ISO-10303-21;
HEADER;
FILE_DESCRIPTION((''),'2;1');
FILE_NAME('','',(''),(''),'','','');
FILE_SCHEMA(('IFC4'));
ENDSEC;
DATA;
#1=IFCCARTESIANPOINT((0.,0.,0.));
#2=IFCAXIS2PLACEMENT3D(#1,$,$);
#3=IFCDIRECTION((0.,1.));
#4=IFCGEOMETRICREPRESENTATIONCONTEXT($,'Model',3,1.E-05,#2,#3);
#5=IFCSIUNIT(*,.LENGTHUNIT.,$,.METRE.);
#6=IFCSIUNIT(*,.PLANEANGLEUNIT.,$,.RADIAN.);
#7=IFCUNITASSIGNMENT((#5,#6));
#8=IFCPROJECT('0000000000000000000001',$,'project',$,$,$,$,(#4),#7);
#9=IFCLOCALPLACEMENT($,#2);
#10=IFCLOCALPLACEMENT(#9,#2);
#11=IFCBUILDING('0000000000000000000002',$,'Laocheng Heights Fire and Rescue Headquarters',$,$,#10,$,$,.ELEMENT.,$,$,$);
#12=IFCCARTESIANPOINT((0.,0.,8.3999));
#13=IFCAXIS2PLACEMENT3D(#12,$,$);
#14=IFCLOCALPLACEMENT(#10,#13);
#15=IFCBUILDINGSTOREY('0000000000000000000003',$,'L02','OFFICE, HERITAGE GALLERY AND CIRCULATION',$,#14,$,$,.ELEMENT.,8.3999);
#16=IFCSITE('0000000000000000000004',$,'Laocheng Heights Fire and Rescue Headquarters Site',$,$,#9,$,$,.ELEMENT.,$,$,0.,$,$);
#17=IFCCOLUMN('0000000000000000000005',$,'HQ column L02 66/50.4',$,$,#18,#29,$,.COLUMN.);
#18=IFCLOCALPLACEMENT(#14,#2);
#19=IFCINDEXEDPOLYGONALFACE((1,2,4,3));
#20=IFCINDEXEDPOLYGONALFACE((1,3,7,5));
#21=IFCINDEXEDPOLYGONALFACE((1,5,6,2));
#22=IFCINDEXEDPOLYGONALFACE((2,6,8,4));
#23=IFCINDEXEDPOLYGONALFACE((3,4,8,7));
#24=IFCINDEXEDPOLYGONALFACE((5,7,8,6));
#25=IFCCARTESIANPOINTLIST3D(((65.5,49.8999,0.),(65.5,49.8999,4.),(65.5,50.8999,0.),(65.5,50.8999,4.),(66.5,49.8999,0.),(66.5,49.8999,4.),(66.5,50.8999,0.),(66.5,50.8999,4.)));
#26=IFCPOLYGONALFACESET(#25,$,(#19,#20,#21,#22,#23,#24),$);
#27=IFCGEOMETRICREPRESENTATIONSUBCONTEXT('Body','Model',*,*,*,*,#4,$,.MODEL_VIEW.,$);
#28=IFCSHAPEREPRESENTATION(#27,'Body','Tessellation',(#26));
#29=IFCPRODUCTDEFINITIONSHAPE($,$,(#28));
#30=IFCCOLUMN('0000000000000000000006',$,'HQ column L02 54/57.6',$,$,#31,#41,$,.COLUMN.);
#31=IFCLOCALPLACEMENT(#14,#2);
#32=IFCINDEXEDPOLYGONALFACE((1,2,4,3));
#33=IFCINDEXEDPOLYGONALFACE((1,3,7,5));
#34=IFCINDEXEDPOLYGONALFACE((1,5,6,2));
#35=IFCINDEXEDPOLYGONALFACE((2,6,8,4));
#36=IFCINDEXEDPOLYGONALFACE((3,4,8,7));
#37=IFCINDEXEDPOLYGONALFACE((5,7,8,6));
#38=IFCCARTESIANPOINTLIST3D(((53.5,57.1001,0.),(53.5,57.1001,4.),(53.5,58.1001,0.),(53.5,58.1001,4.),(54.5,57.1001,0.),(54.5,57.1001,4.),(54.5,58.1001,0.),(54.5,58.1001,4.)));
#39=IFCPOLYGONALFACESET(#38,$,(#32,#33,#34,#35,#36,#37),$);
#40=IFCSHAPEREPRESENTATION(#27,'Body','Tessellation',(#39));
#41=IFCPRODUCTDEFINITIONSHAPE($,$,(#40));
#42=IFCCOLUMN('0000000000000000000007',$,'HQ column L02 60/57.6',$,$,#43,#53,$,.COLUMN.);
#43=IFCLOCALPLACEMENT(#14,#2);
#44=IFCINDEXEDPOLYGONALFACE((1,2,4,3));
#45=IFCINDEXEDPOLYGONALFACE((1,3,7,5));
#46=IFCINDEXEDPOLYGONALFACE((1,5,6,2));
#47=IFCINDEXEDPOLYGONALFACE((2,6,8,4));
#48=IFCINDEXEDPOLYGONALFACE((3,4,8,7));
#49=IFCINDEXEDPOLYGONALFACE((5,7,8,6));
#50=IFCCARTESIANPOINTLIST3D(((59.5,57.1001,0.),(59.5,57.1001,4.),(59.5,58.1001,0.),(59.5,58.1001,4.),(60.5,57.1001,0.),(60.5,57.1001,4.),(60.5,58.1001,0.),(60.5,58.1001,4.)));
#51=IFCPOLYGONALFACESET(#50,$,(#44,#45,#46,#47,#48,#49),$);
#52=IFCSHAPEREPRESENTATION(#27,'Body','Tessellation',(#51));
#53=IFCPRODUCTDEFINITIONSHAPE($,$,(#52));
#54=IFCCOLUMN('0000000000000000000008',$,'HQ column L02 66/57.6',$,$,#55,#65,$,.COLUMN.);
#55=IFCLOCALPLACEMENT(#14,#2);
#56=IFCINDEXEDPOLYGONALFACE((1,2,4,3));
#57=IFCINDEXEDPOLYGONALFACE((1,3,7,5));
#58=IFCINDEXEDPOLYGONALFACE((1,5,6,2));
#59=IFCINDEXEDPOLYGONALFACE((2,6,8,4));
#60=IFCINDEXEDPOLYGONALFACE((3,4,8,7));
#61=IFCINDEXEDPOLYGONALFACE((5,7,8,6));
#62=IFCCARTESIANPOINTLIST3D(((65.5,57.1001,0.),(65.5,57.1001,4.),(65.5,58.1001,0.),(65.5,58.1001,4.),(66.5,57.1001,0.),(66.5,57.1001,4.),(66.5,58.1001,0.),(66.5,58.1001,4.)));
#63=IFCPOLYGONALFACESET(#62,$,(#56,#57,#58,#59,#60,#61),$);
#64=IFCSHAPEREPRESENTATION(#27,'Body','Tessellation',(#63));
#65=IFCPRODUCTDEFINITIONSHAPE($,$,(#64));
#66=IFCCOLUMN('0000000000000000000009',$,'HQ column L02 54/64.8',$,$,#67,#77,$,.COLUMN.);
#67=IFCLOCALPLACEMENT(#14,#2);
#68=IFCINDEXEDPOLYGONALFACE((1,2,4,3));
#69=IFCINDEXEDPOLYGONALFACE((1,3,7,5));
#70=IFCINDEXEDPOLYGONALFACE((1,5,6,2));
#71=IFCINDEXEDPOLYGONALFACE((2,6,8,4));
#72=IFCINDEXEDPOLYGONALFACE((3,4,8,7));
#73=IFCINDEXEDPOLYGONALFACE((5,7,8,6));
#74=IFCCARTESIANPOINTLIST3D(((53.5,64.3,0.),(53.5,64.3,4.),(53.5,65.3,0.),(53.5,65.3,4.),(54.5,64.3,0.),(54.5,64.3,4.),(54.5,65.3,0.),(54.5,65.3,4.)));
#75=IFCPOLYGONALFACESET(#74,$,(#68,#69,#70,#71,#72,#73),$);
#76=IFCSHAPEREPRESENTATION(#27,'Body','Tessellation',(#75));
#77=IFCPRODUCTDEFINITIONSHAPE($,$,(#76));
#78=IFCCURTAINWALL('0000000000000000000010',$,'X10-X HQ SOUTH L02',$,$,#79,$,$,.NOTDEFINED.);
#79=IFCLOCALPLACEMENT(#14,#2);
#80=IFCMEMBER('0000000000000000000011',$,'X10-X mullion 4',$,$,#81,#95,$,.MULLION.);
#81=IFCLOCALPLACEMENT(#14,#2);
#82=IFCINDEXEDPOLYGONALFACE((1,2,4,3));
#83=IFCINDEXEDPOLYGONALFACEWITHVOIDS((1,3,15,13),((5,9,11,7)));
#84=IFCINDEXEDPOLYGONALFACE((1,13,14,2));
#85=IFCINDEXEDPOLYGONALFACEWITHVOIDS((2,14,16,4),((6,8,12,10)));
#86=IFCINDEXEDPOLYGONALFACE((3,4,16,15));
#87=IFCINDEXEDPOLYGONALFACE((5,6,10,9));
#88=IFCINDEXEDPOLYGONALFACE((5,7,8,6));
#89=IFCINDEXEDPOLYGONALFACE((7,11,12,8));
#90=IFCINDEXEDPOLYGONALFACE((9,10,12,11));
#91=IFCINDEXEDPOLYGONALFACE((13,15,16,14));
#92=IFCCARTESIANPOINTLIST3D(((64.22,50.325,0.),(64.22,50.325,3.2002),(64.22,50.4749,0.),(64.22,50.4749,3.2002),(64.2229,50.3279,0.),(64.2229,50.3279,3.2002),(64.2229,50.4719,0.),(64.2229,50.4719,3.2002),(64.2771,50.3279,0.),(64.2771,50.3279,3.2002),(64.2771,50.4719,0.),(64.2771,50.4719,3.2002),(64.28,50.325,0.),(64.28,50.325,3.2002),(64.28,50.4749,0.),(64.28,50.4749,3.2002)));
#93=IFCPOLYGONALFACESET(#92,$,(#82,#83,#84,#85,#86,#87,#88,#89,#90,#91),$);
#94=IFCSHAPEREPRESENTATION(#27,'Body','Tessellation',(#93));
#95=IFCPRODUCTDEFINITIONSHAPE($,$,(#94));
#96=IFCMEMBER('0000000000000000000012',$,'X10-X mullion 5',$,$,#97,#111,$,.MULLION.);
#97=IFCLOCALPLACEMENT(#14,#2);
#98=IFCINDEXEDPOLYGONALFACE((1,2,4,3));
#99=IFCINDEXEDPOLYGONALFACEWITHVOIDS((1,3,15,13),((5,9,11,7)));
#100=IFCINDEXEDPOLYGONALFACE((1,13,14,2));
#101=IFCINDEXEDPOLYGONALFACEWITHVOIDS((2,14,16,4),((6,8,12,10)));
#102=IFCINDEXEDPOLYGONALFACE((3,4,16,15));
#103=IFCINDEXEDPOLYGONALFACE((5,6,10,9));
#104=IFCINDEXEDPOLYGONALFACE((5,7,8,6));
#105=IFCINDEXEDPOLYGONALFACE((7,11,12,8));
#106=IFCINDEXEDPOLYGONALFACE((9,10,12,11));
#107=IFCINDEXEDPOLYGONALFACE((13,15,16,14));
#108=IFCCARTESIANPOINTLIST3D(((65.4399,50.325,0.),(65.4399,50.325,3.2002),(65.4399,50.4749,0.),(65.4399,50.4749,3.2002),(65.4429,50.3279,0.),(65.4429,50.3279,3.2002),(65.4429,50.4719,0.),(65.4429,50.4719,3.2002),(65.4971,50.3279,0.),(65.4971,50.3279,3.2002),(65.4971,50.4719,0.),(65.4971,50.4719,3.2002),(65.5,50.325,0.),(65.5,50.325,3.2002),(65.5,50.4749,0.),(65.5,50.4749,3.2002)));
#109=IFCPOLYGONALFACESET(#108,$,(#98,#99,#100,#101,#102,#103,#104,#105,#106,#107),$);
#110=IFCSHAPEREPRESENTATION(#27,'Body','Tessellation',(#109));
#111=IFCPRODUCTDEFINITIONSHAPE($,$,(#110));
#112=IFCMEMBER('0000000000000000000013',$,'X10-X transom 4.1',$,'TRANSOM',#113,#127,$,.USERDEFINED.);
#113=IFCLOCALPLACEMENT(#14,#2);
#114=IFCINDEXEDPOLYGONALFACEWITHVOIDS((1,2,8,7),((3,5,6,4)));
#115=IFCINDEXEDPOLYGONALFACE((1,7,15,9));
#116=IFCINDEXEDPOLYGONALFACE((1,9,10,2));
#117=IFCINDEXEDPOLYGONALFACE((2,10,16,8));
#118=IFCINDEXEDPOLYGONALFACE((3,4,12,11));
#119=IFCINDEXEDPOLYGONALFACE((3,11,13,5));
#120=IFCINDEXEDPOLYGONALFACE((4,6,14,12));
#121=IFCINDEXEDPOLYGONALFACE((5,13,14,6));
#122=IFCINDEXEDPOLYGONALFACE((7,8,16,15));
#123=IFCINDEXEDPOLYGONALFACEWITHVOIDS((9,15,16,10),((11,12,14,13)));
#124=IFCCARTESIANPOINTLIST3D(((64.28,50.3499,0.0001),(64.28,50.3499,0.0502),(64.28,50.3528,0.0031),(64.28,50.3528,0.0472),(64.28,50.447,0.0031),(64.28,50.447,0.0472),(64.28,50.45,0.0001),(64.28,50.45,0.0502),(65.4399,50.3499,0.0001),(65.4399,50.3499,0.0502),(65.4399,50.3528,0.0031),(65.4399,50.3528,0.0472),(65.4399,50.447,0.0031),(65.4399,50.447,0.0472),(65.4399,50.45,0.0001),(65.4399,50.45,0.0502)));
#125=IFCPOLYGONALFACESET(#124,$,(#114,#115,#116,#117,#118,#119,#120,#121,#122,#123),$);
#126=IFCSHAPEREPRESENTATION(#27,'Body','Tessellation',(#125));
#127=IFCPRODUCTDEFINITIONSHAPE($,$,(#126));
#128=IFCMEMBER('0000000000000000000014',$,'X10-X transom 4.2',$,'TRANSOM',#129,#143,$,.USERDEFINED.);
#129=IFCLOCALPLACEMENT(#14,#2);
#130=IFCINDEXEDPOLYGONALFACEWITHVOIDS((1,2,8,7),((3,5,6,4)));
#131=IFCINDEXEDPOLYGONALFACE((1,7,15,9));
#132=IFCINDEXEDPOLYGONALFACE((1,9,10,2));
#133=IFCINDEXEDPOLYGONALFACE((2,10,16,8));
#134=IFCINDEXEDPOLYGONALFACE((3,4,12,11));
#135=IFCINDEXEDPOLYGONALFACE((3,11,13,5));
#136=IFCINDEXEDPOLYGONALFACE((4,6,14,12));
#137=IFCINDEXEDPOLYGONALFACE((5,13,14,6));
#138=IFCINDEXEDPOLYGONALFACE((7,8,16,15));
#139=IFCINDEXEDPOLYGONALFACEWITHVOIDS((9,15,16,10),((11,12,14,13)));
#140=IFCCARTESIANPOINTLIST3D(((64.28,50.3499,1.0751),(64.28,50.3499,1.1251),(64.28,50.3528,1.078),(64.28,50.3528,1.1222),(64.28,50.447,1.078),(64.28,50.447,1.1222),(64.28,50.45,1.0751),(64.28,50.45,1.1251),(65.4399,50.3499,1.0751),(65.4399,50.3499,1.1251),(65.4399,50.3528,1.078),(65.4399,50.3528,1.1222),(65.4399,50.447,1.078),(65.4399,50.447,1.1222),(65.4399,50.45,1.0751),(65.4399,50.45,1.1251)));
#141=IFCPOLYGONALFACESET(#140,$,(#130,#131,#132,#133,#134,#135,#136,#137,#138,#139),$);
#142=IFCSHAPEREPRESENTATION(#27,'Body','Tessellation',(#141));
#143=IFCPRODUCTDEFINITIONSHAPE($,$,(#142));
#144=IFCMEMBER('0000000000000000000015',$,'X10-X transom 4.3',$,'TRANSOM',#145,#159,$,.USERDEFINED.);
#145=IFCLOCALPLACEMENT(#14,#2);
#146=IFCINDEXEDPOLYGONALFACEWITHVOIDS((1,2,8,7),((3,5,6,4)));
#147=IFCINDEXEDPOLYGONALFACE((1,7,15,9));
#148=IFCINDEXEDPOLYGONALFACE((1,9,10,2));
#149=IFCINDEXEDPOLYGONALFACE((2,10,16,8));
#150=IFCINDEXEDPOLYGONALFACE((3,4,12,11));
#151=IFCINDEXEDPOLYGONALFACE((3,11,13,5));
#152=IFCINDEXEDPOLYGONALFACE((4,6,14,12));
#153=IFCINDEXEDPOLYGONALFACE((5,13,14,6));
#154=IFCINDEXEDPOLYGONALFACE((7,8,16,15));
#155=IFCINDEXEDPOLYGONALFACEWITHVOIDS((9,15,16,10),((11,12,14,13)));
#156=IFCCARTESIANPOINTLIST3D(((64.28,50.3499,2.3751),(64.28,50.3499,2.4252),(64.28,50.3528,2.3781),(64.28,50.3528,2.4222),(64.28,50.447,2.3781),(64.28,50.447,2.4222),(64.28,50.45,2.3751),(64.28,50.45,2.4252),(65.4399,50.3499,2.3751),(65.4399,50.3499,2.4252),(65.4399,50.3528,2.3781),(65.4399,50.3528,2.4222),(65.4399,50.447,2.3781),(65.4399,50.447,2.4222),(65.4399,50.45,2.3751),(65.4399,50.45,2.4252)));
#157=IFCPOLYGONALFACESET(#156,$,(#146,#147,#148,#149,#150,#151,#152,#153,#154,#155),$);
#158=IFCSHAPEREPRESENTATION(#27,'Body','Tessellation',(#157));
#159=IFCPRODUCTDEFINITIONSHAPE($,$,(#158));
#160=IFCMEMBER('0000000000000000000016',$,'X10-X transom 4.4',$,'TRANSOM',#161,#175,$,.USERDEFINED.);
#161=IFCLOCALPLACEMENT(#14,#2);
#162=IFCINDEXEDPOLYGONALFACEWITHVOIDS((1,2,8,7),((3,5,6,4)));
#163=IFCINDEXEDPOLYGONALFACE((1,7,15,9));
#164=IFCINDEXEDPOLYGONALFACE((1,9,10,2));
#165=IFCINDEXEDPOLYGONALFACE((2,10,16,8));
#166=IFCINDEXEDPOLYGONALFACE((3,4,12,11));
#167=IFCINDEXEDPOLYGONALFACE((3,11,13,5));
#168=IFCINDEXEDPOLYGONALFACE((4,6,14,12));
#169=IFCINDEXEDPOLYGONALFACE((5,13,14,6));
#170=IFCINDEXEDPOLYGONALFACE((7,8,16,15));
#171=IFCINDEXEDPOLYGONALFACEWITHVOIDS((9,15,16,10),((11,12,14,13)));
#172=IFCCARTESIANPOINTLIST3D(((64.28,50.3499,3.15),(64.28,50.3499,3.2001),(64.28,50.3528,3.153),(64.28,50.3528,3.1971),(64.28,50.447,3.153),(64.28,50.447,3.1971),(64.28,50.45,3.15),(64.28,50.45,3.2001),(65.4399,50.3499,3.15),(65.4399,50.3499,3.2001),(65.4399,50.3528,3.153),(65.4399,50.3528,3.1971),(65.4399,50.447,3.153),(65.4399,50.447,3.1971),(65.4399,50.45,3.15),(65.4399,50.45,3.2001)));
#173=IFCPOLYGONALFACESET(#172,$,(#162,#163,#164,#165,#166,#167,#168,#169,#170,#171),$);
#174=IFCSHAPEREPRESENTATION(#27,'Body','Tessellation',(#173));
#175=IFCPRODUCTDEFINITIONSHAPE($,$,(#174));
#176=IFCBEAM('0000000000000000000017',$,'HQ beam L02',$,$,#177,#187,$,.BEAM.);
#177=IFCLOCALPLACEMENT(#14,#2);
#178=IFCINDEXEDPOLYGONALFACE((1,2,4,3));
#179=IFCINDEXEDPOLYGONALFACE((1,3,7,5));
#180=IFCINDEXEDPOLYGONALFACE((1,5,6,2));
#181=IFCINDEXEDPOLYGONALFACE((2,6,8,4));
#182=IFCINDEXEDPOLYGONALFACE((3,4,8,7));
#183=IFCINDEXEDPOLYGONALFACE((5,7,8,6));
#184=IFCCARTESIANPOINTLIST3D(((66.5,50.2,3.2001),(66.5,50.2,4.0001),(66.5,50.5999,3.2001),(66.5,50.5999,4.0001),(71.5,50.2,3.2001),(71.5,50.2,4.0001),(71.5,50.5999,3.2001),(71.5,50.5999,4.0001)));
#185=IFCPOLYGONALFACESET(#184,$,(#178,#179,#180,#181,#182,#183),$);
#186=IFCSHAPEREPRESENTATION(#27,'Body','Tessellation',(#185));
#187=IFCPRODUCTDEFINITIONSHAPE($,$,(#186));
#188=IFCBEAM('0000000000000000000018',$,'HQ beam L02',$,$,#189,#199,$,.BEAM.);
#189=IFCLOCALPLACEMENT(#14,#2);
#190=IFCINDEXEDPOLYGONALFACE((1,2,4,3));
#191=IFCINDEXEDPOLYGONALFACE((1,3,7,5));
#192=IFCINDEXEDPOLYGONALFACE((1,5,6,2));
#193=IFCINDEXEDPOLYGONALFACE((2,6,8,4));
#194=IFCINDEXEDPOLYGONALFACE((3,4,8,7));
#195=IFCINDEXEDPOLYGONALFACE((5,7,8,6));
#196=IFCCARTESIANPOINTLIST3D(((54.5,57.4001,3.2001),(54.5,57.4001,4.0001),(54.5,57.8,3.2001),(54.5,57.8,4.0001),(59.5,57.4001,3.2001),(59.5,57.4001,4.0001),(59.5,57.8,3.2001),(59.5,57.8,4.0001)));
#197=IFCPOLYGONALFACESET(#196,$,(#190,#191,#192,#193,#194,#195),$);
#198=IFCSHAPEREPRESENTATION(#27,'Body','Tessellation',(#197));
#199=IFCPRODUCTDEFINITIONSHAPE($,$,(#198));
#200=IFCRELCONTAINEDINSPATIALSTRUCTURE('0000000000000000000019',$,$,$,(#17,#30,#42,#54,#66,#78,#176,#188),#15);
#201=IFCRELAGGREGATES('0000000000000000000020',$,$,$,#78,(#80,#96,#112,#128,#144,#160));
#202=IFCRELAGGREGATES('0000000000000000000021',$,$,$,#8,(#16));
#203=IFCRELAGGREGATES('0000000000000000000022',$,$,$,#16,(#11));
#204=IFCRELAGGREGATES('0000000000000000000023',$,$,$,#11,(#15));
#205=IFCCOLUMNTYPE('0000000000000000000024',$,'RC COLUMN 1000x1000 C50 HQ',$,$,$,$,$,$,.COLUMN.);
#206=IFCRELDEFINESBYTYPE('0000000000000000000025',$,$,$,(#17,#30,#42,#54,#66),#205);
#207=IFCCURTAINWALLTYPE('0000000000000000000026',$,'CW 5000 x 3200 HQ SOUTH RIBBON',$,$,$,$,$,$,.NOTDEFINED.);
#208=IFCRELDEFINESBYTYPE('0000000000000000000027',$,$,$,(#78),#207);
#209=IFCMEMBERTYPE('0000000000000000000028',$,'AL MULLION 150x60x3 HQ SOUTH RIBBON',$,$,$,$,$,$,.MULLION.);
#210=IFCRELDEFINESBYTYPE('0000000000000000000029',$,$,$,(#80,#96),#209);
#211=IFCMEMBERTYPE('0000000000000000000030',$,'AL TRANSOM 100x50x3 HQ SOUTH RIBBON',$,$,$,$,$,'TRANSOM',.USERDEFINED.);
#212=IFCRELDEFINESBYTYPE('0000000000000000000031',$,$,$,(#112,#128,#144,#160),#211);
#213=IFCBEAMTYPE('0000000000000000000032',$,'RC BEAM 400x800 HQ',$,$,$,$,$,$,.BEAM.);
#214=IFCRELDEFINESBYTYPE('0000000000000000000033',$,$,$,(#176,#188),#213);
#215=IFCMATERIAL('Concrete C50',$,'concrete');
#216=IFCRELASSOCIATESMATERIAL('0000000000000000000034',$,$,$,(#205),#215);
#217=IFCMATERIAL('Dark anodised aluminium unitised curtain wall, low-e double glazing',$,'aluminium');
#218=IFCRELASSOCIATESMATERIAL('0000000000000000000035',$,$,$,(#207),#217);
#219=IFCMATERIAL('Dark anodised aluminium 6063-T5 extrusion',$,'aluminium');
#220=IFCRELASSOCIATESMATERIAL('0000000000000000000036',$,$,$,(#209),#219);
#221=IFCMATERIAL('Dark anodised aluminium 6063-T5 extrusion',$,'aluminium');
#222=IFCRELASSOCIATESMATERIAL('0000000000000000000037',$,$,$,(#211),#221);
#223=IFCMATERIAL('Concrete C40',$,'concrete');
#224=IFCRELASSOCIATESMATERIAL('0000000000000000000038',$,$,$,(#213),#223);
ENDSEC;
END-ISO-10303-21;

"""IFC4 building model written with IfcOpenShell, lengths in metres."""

from ifc_helpers import new_model, si_unit, direction, frame, origin, origin_2d, place, context, subcontext, project, spatial, rectangle, hollow_rectangle, extrude, material, material_profile, profile_set, type_object, element, aggregate, save


model = new_model("IFC4")

# Units and contexts
model_context = context("Model", 3, precision=1e-05, world=origin(), true_north=direction((0.0, 1.0)))
body_context = subcontext(model_context, "Body", "Model", "MODEL_VIEW")
ifc_project = project(units=[si_unit("LENGTHUNIT", "METRE"), si_unit("PLANEANGLEUNIT", "RADIAN")], contexts=[model_context])

# Site, building, storey
site_placement = place(None, origin())
site = spatial("IfcSite", under=ifc_project, at=site_placement, Name="Laocheng Heights Fire and Rescue Headquarters Site", CompositionType="ELEMENT", RefElevation=0.0)
building_placement = place(site_placement, origin())
building = spatial("IfcBuilding", under=site, at=building_placement, Name="Laocheng Heights Fire and Rescue Headquarters", CompositionType="ELEMENT")
storey_placement = place(building_placement, frame((0.0, 0.0, 8.3999)))
storey = spatial("IfcBuildingStorey", under=building, at=storey_placement, Name="L02", Description="OFFICE, HERITAGE GALLERY AND CIRCULATION", CompositionType="ELEMENT", Elevation=8.3999)

# Columns
ifc_material_1 = material(Name="Concrete C50", Category="concrete")
ifc_material_profile_1 = material_profile(ifc_material_1, rectangle(XDim=1.0, YDim=1.0, at=origin_2d()), Name="RC COLUMN 1000x1000 C50 HQ")
ifc_profile_set_1 = profile_set([ifc_material_profile_1], Name="Concrete C50")
column_type = type_object("IfcColumnType", Name="RC COLUMN 1000x1000 C50 HQ", PredefinedType="COLUMN", material=ifc_profile_set_1)
for number, where, z_axis, x_axis, name in (
    (1, (66.0, 50.3999, 0.0), (0.0, 0.0, 1.0), (1.0, 0.0, 0.0), "HQ column L02 66/50.4"),
    (2, (54.0, 57.6001, 0.0), (0.0, 0.0, 1.0), (1.0, 0.0, 0.0), "HQ column L02 54/57.6"),
    (3, (60.0, 57.6001, 0.0), (0.0, 0.0, 1.0), (1.0, 0.0, 0.0), "HQ column L02 60/57.6"),
    (4, (66.0, 57.6001, 0.0), (0.0, 0.0, 1.0), (1.0, 0.0, 0.0), "HQ column L02 66/57.6"),
    (5, (54.0, 64.8, 0.0), (0.0, 0.0, 1.0), (1.0, 0.0, 0.0), "HQ column L02 54/64.8"),
):
    element("IfcColumn", number, at=place(storey_placement, frame(where, z_axis=z_axis, x_axis=x_axis)), inside=storey, type_object=column_type, Name=name, PredefinedType="COLUMN", context=body_context, shape_type="SweptSolid", body=[
        extrude(rectangle(XDim=1.0, YDim=1.0, at=origin_2d()), origin(), (0.0, 0.0, 1.0), 4.0),
    ])

# Curtain wall, members
ifc_material_2 = material(Name="Dark anodised aluminium unitised curtain wall, low-e double glazing", Category="aluminium")
curtain_wall_type = type_object("IfcCurtainWallType", Name="CW 5000 x 3200 HQ SOUTH RIBBON", PredefinedType="NOTDEFINED", material=ifc_material_2)
curtain_wall_placement = place(storey_placement, origin())
curtain_wall = element("IfcCurtainWall", 6, at=curtain_wall_placement, inside=storey, type_object=curtain_wall_type, Name="X10-X HQ SOUTH L02", PredefinedType="NOTDEFINED")
ifc_material_3 = material(Name="Dark anodised aluminium 6063-T5 extrusion", Category="aluminium")
ifc_material_profile_2 = material_profile(ifc_material_3, hollow_rectangle(XDim=0.1499, YDim=0.0601, WallThickness=0.0029, at=origin_2d()), Name="AL MULLION 150x60x3 HQ SOUTH RIBBON")
ifc_profile_set_2 = profile_set([ifc_material_profile_2], Name="Dark anodised aluminium 6063-T5 extrusion")
member_type_1 = type_object("IfcMemberType", Name="AL MULLION 150x60x3 HQ SOUTH RIBBON", PredefinedType="MULLION", material=ifc_profile_set_2)
member_1_placement = place(storey_placement, frame((64.25, 50.3999, 0.0), z_axis=(0.0, 0.0, 1.0), x_axis=(0.0, 1.0, 0.0)))
member_1 = element("IfcMember", 7, at=member_1_placement, type_object=member_type_1, Name="X10-X mullion 4", PredefinedType="MULLION", context=body_context, shape_type="SweptSolid", body=[
    extrude(hollow_rectangle(XDim=0.1499, YDim=0.0601, WallThickness=0.0029, at=origin_2d()), origin(), (0.0, 0.0, 1.0), 3.2002),
])
member_2_placement = place(storey_placement, frame((65.47, 50.3999, 0.0), z_axis=(0.0, 0.0, 1.0), x_axis=(0.0, 1.0, 0.0)))
member_2 = element("IfcMember", 8, at=member_2_placement, type_object=member_type_1, Name="X10-X mullion 5", PredefinedType="MULLION", context=body_context, shape_type="SweptSolid", body=[
    extrude(hollow_rectangle(XDim=0.1499, YDim=0.0601, WallThickness=0.0029, at=origin_2d()), origin(), (0.0, 0.0, 1.0), 3.2002),
])
ifc_material_4 = material(Name="Dark anodised aluminium 6063-T5 extrusion", Category="aluminium")
ifc_material_profile_3 = material_profile(ifc_material_4, hollow_rectangle(XDim=0.1001, YDim=0.05, WallThickness=0.0029, at=origin_2d()), Name="AL TRANSOM 100x50x3 HQ SOUTH RIBBON")
ifc_profile_set_3 = profile_set([ifc_material_profile_3], Name="Dark anodised aluminium 6063-T5 extrusion")
member_type_2 = type_object("IfcMemberType", Name="AL TRANSOM 100x50x3 HQ SOUTH RIBBON", ElementType="TRANSOM", PredefinedType="USERDEFINED", material=ifc_profile_set_3)
member_3_placement = place(storey_placement, frame((64.28, 50.3999, 0.0251), z_axis=(1.0, 0.0, 0.0), x_axis=(0.0, 1.0, 0.0)))
member_3 = element("IfcMember", 9, at=member_3_placement, type_object=member_type_2, Name="X10-X transom 4.1", ObjectType="TRANSOM", PredefinedType="USERDEFINED", context=body_context, shape_type="SweptSolid", body=[
    extrude(hollow_rectangle(XDim=0.1001, YDim=0.05, WallThickness=0.0029, at=origin_2d()), origin(), (0.0, 0.0, 1.0), 1.1599),
])
member_4_placement = place(storey_placement, frame((64.28, 50.3999, 1.1001), z_axis=(1.0, 0.0, 0.0), x_axis=(0.0, 1.0, 0.0)))
member_4 = element("IfcMember", 10, at=member_4_placement, type_object=member_type_2, Name="X10-X transom 4.2", ObjectType="TRANSOM", PredefinedType="USERDEFINED", context=body_context, shape_type="SweptSolid", body=[
    extrude(hollow_rectangle(XDim=0.1001, YDim=0.05, WallThickness=0.0029, at=origin_2d()), origin(), (0.0, 0.0, 1.0), 1.1599),
])
member_5_placement = place(storey_placement, frame((64.28, 50.3999, 2.4001), z_axis=(1.0, 0.0, 0.0), x_axis=(0.0, 1.0, 0.0)))
member_5 = element("IfcMember", 11, at=member_5_placement, type_object=member_type_2, Name="X10-X transom 4.3", ObjectType="TRANSOM", PredefinedType="USERDEFINED", context=body_context, shape_type="SweptSolid", body=[
    extrude(hollow_rectangle(XDim=0.1001, YDim=0.05, WallThickness=0.0029, at=origin_2d()), origin(), (0.0, 0.0, 1.0), 1.1599),
])
member_6_placement = place(storey_placement, frame((64.28, 50.3999, 3.175), z_axis=(1.0, 0.0, 0.0), x_axis=(0.0, 1.0, 0.0)))
member_6 = element("IfcMember", 12, at=member_6_placement, type_object=member_type_2, Name="X10-X transom 4.4", ObjectType="TRANSOM", PredefinedType="USERDEFINED", context=body_context, shape_type="SweptSolid", body=[
    extrude(hollow_rectangle(XDim=0.1001, YDim=0.05, WallThickness=0.0029, at=origin_2d()), origin(), (0.0, 0.0, 1.0), 1.1599),
])

# Beams
ifc_material_5 = material(Name="Concrete C40", Category="concrete")
ifc_material_profile_4 = material_profile(ifc_material_5, rectangle(XDim=0.3999, YDim=0.8, at=origin_2d()), Name="RC BEAM 400x800 HQ")
ifc_profile_set_4 = profile_set([ifc_material_profile_4], Name="Concrete C40")
beam_type_1 = type_object("IfcBeamType", Name="RC BEAM 400x800 HQ", PredefinedType="BEAM", material=ifc_profile_set_4)
for number, where, z_axis, x_axis, name in (
    (13, (66.5, 50.3999, 3.6001), (1.0, 0.0, 0.0), (0.0, 1.0, 0.0), "HQ beam L02"),
    (14, (54.5, 57.6001, 3.6001), (1.0, 0.0, 0.0), (0.0, 1.0, 0.0), "HQ beam L02"),
):
    element("IfcBeam", number, at=place(storey_placement, frame(where, z_axis=z_axis, x_axis=x_axis)), inside=storey, type_object=beam_type_1, Name=name, PredefinedType="BEAM", context=body_context, shape_type="SweptSolid", body=[
        extrude(rectangle(XDim=0.3999, YDim=0.8, at=origin_2d()), origin(), (0.0, 0.0, 1.0), 5.0),
    ])

aggregate(curtain_wall, [member_1, member_2, member_3, member_4, member_5, member_6])

save(model, "model.ifc")
